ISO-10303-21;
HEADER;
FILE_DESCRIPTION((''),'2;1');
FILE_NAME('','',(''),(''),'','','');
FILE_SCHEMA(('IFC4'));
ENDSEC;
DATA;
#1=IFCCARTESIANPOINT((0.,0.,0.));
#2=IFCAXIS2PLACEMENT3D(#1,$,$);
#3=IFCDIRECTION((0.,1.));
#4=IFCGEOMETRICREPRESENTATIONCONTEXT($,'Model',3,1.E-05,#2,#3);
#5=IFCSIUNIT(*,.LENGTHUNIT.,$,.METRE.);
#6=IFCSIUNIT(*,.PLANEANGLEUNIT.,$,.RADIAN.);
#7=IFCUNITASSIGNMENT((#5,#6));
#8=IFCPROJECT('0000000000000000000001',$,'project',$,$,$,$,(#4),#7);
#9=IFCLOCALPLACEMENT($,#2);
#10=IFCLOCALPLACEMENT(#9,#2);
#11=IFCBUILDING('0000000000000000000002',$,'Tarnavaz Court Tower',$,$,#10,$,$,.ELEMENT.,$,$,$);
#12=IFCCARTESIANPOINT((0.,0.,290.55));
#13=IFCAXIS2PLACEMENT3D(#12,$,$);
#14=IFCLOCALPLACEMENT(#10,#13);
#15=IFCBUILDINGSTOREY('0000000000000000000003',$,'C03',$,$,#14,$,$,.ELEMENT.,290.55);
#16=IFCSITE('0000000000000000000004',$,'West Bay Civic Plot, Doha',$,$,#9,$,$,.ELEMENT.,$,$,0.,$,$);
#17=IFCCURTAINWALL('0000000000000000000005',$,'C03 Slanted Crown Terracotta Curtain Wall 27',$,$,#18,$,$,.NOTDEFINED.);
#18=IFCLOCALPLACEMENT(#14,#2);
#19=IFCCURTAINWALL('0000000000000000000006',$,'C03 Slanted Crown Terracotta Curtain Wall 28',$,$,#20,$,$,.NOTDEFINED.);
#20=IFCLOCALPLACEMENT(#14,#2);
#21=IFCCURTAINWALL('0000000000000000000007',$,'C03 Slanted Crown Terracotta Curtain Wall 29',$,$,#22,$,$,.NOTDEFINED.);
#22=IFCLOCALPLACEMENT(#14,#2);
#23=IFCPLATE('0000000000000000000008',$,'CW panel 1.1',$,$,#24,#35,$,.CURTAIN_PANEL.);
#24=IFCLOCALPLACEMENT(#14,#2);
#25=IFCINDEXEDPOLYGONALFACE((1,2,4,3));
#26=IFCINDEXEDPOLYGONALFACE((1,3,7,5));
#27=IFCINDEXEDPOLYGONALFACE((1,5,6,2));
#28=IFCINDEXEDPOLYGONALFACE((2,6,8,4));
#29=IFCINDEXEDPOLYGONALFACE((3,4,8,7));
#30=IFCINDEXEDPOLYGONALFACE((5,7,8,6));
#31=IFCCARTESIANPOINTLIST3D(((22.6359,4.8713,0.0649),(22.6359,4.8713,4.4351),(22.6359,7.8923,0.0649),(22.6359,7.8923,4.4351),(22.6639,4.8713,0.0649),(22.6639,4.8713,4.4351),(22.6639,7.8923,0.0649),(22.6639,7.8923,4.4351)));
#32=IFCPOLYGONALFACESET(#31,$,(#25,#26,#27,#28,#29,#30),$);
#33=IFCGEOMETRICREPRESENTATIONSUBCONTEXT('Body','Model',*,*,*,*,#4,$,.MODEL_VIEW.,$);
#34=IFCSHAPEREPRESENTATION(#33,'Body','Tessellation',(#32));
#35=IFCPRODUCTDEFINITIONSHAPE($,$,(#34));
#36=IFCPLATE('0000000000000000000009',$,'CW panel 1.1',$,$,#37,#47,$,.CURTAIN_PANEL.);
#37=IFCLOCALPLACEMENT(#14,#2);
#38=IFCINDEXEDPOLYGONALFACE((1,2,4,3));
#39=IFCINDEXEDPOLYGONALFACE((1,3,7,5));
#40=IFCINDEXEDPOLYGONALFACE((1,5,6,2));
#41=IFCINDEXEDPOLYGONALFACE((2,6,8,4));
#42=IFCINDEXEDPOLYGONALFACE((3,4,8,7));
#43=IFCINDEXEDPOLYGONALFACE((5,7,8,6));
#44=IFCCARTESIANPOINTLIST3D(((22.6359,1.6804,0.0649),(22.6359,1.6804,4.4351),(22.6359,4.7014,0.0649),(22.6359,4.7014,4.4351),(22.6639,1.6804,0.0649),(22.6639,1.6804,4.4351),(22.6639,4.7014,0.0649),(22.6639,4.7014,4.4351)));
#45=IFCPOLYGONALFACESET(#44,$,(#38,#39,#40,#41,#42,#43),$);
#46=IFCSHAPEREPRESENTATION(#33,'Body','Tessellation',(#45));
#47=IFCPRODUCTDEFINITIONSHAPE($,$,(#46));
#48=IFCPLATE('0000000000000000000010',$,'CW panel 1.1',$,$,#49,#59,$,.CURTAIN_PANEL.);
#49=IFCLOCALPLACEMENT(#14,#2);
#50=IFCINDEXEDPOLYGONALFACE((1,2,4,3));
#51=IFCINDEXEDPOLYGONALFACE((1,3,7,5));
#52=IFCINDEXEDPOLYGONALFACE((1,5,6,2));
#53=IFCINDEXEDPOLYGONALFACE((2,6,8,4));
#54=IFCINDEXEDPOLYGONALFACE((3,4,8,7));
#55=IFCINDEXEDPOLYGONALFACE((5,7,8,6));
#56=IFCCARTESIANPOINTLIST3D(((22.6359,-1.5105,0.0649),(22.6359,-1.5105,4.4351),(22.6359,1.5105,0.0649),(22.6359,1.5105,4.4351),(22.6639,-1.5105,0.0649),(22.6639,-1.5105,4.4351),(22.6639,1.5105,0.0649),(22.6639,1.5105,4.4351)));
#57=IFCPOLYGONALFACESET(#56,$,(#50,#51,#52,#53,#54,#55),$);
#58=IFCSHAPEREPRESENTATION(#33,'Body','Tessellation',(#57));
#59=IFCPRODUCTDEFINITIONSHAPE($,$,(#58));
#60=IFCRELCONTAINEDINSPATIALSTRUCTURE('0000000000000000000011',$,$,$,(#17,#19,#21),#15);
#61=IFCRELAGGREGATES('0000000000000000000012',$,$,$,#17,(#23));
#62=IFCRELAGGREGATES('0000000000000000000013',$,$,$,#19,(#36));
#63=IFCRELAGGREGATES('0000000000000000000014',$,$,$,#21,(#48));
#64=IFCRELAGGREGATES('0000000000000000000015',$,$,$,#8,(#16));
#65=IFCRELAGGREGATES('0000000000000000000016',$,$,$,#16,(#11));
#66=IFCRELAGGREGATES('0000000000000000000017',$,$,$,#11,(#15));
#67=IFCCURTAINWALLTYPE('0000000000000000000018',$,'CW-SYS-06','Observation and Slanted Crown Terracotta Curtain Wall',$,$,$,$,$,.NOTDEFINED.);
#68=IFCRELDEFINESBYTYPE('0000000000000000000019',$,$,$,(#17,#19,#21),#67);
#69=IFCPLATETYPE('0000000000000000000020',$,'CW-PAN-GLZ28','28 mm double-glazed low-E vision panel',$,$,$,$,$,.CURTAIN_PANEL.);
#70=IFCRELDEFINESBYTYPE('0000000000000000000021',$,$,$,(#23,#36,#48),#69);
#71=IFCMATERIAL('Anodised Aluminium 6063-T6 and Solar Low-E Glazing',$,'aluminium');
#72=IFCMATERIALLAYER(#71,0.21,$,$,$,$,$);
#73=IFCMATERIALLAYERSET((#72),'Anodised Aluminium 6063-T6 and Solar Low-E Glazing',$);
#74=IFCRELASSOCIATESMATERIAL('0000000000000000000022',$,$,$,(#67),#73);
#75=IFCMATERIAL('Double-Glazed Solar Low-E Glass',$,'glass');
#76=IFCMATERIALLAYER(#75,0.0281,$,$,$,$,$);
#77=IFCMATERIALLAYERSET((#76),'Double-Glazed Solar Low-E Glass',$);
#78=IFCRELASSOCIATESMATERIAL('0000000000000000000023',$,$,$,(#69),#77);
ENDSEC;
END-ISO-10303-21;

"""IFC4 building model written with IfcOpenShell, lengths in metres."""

from ifc_helpers import new_model, si_unit, direction, frame, origin, origin_2d, place, context, subcontext, project, spatial, rectangle, extrude, material, layer, layer_set, type_object, element, aggregate, save


model = new_model("IFC4")

# Units and contexts
model_context = context("Model", 3, precision=1e-05, world=origin(), true_north=direction((0.0, 1.0)))
body_context = subcontext(model_context, "Body", "Model", "MODEL_VIEW")
ifc_project = project(units=[si_unit("LENGTHUNIT", "METRE"), si_unit("PLANEANGLEUNIT", "RADIAN")], contexts=[model_context])

# Site, building, storey
site_placement = place(None, origin())
site = spatial("IfcSite", under=ifc_project, at=site_placement, Name="West Bay Civic Plot, Doha", CompositionType="ELEMENT", RefElevation=0.0)
building_placement = place(site_placement, origin())
building = spatial("IfcBuilding", under=site, at=building_placement, Name="Tarnavaz Court Tower", CompositionType="ELEMENT")
storey_placement = place(building_placement, frame((0.0, 0.0, 290.55)))
storey = spatial("IfcBuildingStorey", under=building, at=storey_placement, Name="C03", CompositionType="ELEMENT", Elevation=290.55)

# Shared definitions
ifc_material_1 = material(Name="Anodised Aluminium 6063-T6 and Solar Low-E Glazing", Category="aluminium")
ifc_layer_1 = layer(ifc_material_1, 0.21)
ifc_layer_set_1 = layer_set([ifc_layer_1], Name="Anodised Aluminium 6063-T6 and Solar Low-E Glazing")
curtain_wall_type = type_object("IfcCurtainWallType", Name="CW-SYS-06", Description="Observation and Slanted Crown Terracotta Curtain Wall", PredefinedType="NOTDEFINED", material=ifc_layer_set_1)

# Curtain walls
curtain_wall_1_placement = place(storey_placement, origin())
curtain_wall_1 = element("IfcCurtainWall", 1, at=curtain_wall_1_placement, inside=storey, type_object=curtain_wall_type, Name="C03 Slanted Crown Terracotta Curtain Wall 27", PredefinedType="NOTDEFINED")
curtain_wall_2_placement = place(storey_placement, origin())
curtain_wall_2 = element("IfcCurtainWall", 2, at=curtain_wall_2_placement, inside=storey, type_object=curtain_wall_type, Name="C03 Slanted Crown Terracotta Curtain Wall 28", PredefinedType="NOTDEFINED")

# Curtain wall
curtain_wall_3_placement = place(storey_placement, origin())
curtain_wall_3 = element("IfcCurtainWall", 3, at=curtain_wall_3_placement, inside=storey, type_object=curtain_wall_type, Name="C03 Slanted Crown Terracotta Curtain Wall 29", PredefinedType="NOTDEFINED")

# Plates
ifc_material_2 = material(Name="Double-Glazed Solar Low-E Glass", Category="glass")
ifc_layer_2 = layer(ifc_material_2, 0.0281)
ifc_layer_set_2 = layer_set([ifc_layer_2], Name="Double-Glazed Solar Low-E Glass")
plate_type = type_object("IfcPlateType", Name="CW-PAN-GLZ28", Description="28 mm double-glazed low-E vision panel", PredefinedType="CURTAIN_PANEL", material=ifc_layer_set_2)
plate_1_placement = place(storey_placement, frame((22.6499, 6.3818, 0.0649), z_axis=(0.0, 0.0, 1.0), x_axis=(0.0, -1.0, 0.0)))
plate_1 = element("IfcPlate", 4, at=plate_1_placement, type_object=plate_type, Name="CW panel 1.1", PredefinedType="CURTAIN_PANEL", context=body_context, shape_type="SweptSolid", body=[
    extrude(rectangle(XDim=3.021, YDim=0.0281, at=origin_2d()), origin(), (0.0, 0.0, 1.0), 4.3701),
])
aggregate(curtain_wall_1, [plate_1])
plate_2_placement = place(storey_placement, frame((22.6499, 3.1909, 0.0649), z_axis=(0.0, 0.0, 1.0), x_axis=(0.0, -1.0, 0.0)))
plate_2 = element("IfcPlate", 5, at=plate_2_placement, type_object=plate_type, Name="CW panel 1.1", PredefinedType="CURTAIN_PANEL", context=body_context, shape_type="SweptSolid", body=[
    extrude(rectangle(XDim=3.021, YDim=0.0281, at=origin_2d()), origin(), (0.0, 0.0, 1.0), 4.3701),
])
aggregate(curtain_wall_2, [plate_2])
plate_3_placement = place(storey_placement, frame((22.6499, 0.0, 0.0649), z_axis=(0.0, 0.0, 1.0), x_axis=(0.0, -1.0, 0.0)))
plate_3 = element("IfcPlate", 6, at=plate_3_placement, type_object=plate_type, Name="CW panel 1.1", PredefinedType="CURTAIN_PANEL", context=body_context, shape_type="SweptSolid", body=[
    extrude(rectangle(XDim=3.021, YDim=0.0281, at=origin_2d()), origin(), (0.0, 0.0, 1.0), 4.3701),
])
aggregate(curtain_wall_3, [plate_3])

save(model, "model.ifc")
